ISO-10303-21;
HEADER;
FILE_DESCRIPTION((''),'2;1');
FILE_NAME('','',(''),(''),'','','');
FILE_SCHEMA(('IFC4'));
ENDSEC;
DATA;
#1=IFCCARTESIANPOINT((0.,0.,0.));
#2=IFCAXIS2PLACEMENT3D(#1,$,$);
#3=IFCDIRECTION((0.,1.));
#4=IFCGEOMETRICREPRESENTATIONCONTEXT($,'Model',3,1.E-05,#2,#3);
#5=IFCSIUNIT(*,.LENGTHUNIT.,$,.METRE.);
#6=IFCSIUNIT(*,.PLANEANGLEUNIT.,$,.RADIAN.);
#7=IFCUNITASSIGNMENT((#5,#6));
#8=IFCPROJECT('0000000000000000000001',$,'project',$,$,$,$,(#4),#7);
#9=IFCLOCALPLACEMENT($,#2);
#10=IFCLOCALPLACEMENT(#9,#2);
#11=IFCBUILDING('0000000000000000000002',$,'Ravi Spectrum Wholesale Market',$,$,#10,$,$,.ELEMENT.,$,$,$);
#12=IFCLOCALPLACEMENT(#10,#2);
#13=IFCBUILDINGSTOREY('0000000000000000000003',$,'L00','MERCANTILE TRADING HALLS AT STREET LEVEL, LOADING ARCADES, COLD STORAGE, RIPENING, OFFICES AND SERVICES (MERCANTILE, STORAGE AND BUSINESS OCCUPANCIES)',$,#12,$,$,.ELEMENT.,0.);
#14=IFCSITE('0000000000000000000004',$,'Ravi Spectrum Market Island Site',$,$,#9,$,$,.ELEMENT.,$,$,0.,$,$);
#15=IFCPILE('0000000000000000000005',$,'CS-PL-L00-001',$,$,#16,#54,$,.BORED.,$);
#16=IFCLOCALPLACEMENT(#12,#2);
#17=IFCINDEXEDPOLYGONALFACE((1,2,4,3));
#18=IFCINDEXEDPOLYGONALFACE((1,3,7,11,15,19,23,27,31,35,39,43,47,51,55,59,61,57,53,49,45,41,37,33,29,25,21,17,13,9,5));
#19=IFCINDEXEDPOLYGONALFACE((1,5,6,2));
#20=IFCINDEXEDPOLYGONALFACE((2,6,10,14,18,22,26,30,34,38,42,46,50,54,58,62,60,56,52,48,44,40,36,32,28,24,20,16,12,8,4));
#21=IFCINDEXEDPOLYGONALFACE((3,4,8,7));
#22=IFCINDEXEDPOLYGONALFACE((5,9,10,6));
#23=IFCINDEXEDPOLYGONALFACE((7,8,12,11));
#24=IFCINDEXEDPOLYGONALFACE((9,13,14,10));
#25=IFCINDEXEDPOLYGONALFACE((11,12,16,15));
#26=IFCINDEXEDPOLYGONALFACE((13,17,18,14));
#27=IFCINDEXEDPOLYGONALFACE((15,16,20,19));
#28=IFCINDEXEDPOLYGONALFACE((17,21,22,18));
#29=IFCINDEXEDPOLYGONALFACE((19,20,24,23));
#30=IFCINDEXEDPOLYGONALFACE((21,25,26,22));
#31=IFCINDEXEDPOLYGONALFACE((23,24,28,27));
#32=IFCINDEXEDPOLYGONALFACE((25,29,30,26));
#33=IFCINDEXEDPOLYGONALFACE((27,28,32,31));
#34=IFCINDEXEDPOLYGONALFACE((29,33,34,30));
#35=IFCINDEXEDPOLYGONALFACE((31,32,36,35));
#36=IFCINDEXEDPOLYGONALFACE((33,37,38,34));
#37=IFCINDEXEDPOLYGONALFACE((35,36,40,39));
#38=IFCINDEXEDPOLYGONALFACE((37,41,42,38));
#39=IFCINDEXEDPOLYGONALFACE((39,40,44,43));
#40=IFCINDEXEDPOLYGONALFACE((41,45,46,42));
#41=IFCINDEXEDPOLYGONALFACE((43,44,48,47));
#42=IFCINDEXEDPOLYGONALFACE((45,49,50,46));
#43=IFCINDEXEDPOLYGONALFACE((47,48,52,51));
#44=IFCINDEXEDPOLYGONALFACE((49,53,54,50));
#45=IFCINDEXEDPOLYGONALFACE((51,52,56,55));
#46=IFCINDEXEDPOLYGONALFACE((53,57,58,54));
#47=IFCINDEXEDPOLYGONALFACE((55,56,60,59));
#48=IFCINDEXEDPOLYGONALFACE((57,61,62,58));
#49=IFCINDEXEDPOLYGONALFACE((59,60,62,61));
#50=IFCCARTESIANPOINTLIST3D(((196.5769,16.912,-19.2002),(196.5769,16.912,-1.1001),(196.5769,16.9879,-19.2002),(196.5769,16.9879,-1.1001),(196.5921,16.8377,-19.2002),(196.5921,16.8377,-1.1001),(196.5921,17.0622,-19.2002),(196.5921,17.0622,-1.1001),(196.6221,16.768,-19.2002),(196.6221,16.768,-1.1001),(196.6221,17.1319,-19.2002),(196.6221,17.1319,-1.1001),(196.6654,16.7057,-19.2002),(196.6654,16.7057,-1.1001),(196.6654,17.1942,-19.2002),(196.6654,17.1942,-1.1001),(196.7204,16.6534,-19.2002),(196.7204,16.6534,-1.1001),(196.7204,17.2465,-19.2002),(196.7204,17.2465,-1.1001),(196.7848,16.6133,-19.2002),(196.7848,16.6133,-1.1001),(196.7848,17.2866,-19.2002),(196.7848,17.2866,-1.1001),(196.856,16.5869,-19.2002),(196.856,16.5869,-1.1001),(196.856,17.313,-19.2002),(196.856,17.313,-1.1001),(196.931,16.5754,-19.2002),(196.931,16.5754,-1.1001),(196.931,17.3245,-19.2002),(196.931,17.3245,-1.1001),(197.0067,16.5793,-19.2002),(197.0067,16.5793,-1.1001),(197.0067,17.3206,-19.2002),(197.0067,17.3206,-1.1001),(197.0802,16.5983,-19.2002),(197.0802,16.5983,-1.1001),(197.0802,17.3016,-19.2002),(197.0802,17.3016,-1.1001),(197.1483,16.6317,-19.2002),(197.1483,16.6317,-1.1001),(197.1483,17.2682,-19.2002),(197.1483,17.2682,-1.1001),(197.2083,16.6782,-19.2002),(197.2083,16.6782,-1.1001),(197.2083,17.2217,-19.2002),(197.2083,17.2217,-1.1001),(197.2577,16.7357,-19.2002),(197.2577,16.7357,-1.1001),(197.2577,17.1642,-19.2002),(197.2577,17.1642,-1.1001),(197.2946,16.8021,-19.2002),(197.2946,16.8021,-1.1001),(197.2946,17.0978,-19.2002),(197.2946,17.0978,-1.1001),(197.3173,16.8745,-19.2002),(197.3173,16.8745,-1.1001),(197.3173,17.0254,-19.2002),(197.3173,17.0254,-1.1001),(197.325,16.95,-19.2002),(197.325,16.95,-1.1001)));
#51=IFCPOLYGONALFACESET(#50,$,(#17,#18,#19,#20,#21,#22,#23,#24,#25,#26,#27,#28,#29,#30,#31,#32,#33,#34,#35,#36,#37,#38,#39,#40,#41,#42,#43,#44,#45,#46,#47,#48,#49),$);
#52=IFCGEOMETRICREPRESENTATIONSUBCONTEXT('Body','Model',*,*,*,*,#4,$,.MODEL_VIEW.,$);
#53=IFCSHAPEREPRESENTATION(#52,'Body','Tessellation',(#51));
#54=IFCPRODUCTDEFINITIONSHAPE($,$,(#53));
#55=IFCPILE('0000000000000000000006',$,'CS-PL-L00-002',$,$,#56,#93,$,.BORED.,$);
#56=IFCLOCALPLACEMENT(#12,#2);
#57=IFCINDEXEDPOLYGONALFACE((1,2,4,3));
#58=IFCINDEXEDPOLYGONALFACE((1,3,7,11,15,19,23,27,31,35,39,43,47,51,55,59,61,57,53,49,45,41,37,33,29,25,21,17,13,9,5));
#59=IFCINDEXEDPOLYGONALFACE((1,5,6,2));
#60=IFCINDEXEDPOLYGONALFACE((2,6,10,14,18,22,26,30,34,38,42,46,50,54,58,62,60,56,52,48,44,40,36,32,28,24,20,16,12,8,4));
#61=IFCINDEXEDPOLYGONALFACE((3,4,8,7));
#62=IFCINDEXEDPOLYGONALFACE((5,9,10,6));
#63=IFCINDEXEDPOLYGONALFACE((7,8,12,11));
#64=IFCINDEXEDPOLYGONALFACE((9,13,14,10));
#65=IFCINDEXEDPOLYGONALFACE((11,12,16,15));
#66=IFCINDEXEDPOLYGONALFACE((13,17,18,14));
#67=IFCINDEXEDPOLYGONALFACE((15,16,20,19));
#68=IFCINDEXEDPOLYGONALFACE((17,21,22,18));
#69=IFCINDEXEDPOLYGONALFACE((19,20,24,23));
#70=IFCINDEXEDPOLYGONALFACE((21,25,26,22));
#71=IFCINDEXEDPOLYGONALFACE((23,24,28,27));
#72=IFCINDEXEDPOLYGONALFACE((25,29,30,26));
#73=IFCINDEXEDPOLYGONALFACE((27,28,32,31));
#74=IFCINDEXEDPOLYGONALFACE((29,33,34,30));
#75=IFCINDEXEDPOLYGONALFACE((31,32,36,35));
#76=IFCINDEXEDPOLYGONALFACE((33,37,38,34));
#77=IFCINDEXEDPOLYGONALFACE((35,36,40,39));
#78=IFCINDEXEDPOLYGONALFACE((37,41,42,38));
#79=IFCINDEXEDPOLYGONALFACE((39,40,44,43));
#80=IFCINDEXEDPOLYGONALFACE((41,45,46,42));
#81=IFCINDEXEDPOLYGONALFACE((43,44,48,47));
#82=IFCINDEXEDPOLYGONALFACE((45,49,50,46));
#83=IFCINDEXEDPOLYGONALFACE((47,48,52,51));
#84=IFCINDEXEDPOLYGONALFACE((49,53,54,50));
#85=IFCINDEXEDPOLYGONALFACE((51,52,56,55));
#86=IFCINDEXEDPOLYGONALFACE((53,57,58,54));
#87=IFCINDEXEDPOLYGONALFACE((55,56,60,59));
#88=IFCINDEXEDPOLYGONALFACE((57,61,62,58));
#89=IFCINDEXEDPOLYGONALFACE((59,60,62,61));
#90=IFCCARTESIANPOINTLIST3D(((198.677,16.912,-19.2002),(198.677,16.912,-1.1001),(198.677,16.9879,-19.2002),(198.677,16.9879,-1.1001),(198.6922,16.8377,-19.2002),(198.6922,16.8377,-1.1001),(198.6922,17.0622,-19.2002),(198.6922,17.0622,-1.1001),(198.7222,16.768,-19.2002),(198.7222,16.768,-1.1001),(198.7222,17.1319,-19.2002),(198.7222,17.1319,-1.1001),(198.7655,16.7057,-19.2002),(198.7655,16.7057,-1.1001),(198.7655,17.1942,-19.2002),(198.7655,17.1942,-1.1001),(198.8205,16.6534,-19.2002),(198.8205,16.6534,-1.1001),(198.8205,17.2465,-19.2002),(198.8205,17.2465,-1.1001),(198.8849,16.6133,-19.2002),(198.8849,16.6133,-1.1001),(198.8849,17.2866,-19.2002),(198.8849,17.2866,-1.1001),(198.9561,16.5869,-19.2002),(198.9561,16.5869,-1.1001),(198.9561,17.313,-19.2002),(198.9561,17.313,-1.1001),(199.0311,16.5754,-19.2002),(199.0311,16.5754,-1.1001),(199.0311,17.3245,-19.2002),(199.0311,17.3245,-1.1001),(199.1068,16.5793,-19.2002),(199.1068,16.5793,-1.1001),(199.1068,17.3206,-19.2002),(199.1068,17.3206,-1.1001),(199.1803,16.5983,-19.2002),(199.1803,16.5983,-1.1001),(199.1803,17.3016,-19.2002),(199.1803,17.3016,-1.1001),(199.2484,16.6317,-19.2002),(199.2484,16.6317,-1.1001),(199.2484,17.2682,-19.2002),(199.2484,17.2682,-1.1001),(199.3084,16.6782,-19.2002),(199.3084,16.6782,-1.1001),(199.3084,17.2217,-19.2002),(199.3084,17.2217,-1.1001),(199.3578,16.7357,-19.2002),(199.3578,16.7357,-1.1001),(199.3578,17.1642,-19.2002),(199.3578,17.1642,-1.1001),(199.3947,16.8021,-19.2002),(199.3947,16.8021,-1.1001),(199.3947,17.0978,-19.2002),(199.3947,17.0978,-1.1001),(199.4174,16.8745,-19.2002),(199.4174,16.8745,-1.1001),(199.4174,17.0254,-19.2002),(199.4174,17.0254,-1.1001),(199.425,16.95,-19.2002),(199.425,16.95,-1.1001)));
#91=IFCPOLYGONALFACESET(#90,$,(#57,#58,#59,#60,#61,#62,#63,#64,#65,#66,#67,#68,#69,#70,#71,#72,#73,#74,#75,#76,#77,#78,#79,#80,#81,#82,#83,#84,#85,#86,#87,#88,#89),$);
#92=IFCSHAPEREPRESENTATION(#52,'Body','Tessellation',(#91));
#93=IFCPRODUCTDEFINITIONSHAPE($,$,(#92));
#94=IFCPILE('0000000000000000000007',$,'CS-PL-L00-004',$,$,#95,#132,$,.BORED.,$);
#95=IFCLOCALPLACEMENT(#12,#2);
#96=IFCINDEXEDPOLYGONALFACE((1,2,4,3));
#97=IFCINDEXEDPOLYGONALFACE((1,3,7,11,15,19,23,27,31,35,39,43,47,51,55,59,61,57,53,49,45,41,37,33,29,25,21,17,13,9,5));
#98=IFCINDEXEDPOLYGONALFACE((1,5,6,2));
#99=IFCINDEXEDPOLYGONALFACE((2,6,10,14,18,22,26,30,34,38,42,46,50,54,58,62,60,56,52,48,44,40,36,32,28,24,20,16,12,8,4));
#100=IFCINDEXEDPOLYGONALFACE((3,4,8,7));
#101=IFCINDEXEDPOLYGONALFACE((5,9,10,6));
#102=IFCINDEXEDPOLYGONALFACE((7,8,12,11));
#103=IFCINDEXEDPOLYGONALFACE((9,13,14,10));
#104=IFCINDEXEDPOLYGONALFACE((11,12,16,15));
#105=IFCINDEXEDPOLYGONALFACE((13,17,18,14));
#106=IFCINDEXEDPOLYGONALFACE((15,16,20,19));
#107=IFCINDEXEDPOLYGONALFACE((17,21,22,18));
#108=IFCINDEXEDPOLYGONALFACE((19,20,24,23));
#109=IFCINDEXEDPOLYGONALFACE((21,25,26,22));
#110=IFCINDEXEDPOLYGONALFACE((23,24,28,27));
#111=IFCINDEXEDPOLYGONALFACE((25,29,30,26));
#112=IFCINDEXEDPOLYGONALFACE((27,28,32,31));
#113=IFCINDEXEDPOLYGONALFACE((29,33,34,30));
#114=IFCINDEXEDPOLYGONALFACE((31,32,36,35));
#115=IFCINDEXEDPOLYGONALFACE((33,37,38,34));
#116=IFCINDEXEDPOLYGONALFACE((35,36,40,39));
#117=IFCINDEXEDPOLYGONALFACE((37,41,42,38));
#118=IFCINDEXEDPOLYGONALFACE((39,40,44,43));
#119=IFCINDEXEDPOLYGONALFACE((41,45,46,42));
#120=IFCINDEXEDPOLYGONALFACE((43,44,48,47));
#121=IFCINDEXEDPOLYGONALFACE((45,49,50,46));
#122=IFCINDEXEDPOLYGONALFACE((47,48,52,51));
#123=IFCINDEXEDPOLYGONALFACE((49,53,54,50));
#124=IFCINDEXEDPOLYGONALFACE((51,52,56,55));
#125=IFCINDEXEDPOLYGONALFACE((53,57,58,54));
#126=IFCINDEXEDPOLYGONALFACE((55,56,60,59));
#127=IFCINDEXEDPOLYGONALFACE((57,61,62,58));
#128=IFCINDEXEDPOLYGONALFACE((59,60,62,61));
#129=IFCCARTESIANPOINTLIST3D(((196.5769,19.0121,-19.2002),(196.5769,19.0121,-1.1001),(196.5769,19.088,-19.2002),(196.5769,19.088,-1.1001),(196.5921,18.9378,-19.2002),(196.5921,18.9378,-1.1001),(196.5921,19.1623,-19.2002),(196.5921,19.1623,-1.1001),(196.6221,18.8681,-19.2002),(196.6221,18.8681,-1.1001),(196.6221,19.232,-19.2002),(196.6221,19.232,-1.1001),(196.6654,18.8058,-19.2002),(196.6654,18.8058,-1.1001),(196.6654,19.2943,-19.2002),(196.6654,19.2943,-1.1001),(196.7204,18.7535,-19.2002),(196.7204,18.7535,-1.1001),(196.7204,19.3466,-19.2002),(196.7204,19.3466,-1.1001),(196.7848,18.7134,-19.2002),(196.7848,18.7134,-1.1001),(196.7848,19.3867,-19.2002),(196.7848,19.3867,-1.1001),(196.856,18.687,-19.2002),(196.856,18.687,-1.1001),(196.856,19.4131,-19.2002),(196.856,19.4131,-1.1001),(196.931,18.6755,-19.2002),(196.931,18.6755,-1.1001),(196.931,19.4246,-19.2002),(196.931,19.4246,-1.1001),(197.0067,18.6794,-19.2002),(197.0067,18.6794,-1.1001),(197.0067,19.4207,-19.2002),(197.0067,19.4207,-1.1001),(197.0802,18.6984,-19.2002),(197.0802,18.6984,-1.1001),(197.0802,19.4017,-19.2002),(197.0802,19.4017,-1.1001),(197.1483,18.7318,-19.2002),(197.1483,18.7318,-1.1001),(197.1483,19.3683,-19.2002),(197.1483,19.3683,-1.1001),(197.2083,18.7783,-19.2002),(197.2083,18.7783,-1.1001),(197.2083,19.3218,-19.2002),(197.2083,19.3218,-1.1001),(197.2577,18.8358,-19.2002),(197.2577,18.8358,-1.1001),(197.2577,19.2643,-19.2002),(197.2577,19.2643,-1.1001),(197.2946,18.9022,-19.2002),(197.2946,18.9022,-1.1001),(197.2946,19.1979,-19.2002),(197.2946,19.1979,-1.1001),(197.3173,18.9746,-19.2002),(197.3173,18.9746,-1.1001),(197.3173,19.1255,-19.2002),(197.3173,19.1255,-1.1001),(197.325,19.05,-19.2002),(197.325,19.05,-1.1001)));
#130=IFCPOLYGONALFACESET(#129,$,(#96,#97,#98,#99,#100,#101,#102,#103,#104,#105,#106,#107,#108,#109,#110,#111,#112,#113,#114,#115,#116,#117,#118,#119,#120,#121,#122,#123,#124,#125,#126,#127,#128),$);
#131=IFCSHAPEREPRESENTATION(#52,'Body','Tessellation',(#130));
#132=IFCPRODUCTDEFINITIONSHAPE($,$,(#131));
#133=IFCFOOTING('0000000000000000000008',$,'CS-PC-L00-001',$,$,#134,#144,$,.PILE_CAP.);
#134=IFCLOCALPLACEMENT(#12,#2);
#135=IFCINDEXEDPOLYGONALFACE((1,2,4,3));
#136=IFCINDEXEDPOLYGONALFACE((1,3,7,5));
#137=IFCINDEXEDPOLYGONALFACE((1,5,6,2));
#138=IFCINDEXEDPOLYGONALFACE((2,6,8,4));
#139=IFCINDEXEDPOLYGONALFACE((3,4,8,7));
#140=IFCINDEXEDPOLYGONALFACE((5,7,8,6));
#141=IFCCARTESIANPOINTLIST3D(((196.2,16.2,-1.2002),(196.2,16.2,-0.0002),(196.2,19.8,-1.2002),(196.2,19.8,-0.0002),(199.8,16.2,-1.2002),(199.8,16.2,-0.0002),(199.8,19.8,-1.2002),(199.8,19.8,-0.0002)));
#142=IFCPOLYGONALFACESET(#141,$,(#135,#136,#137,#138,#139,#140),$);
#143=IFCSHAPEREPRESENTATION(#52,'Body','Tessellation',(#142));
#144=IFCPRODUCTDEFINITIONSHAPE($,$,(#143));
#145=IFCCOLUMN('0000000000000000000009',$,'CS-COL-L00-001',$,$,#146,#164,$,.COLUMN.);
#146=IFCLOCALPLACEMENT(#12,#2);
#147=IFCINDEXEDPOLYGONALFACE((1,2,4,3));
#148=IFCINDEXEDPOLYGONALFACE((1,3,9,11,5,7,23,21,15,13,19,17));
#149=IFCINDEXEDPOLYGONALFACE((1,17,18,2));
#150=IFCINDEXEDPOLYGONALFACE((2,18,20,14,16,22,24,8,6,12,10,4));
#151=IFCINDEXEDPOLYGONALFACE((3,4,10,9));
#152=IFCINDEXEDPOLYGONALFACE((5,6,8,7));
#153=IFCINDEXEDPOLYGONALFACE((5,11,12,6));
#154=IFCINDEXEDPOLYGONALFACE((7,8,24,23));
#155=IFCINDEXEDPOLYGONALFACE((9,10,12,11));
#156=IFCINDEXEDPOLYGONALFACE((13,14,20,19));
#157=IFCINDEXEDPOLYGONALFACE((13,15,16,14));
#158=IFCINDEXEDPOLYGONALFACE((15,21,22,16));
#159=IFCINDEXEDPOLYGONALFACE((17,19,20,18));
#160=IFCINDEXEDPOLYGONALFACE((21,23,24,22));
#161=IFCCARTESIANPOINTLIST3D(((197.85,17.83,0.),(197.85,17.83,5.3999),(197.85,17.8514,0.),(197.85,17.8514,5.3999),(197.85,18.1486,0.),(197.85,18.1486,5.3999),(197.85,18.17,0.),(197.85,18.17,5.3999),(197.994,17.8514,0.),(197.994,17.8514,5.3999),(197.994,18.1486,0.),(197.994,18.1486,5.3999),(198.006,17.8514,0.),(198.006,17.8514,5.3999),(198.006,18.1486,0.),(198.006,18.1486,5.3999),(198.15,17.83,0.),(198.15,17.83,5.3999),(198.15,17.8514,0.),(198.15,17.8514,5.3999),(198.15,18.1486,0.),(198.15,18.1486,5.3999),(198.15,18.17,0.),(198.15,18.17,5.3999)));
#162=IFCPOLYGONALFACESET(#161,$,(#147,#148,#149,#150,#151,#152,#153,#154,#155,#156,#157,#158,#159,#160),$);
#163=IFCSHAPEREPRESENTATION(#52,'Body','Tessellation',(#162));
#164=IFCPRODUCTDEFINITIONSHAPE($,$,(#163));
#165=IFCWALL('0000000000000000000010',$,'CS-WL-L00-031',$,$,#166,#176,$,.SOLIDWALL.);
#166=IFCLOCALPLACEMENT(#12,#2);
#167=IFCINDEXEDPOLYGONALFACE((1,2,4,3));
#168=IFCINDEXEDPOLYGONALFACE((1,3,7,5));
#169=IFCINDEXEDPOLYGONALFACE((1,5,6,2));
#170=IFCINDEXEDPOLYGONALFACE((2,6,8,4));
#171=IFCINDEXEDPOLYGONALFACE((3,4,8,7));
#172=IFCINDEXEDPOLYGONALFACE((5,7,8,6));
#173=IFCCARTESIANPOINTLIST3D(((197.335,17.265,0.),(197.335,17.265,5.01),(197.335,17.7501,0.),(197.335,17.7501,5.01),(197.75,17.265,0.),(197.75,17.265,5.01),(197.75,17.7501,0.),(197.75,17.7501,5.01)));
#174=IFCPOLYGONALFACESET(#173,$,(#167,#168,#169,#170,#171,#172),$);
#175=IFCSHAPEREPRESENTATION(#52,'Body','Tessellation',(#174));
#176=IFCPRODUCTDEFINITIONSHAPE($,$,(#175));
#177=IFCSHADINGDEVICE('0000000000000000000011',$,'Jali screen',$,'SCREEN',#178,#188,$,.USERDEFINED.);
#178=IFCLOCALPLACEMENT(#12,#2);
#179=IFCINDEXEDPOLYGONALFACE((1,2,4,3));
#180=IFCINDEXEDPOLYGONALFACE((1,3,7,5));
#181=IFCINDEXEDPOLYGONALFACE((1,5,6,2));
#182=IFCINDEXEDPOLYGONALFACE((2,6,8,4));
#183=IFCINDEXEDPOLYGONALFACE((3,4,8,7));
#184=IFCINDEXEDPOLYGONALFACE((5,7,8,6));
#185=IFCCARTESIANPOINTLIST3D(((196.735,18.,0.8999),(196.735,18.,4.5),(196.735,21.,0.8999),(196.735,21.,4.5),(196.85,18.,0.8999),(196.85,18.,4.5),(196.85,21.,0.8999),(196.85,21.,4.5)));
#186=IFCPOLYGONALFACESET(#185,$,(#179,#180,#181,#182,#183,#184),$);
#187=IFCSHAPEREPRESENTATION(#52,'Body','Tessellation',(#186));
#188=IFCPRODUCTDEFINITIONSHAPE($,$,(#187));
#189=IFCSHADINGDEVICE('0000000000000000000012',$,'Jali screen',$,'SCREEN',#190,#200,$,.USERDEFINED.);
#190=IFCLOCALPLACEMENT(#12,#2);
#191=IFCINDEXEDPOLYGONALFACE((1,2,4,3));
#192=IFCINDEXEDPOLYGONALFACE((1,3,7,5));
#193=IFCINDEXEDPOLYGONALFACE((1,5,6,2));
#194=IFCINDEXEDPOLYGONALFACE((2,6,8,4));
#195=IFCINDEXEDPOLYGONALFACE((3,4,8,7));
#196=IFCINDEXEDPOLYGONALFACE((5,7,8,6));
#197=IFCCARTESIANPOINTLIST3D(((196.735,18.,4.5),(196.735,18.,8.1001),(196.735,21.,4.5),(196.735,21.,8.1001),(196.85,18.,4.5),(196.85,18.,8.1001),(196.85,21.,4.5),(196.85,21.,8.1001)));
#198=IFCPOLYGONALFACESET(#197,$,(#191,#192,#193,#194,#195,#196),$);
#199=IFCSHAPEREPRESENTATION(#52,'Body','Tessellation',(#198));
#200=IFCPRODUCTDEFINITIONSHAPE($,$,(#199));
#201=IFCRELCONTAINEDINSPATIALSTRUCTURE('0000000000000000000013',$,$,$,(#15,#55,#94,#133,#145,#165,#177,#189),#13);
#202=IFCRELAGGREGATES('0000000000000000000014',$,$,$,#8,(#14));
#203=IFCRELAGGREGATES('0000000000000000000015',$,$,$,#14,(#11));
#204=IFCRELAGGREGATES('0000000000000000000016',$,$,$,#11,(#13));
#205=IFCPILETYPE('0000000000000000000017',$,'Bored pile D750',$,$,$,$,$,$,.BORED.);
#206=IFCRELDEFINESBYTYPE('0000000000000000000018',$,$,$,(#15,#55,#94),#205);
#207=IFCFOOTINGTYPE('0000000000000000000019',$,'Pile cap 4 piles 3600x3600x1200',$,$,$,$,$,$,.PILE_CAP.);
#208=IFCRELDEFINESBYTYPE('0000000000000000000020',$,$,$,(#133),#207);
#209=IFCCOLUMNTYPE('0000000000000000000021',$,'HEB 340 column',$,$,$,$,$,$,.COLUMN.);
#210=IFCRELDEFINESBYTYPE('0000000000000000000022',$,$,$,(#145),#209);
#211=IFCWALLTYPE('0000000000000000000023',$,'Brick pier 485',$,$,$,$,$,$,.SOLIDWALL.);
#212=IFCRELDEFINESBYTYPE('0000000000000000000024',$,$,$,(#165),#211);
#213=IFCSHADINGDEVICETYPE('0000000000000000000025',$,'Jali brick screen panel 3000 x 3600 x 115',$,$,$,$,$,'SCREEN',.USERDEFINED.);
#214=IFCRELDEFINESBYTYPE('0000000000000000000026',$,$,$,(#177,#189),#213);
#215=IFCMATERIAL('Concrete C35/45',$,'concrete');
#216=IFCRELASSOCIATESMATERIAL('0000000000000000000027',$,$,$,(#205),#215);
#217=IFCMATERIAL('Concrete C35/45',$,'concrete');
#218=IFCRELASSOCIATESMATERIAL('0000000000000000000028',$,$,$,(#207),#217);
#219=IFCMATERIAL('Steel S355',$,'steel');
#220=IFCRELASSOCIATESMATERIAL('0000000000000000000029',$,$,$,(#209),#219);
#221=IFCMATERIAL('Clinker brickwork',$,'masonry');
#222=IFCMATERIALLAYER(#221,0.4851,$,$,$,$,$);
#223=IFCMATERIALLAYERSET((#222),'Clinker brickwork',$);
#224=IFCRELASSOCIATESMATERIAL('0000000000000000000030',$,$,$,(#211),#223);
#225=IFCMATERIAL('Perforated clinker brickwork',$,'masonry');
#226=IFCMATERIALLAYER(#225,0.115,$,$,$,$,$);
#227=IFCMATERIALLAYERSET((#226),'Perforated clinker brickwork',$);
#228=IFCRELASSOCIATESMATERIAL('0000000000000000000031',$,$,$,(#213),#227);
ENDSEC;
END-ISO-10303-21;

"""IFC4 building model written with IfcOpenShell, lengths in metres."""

from ifc_helpers import new_model, si_unit, direction, frame, frame_2d, origin, origin_2d, place, context, subcontext, project, spatial, rectangle, circle, i_section, extrude, material, layer, layer_set, material_profile, profile_set, type_object, element, save


model = new_model("IFC4")

# Units and contexts
model_context = context("Model", 3, precision=1e-05, world=origin(), true_north=direction((0.0, 1.0)))
body_context = subcontext(model_context, "Body", "Model", "MODEL_VIEW")
ifc_project = project(units=[si_unit("LENGTHUNIT", "METRE"), si_unit("PLANEANGLEUNIT", "RADIAN")], contexts=[model_context])

# Site, building, storey
site_placement = place(None, origin())
site = spatial("IfcSite", under=ifc_project, at=site_placement, Name="Ravi Spectrum Market Island Site", CompositionType="ELEMENT", RefElevation=0.0)
building_placement = place(site_placement, origin())
building = spatial("IfcBuilding", under=site, at=building_placement, Name="Ravi Spectrum Wholesale Market", CompositionType="ELEMENT")
storey_placement = place(building_placement, origin())
storey = spatial("IfcBuildingStorey", under=building, at=storey_placement, Name="L00", Description="MERCANTILE TRADING HALLS AT STREET LEVEL, LOADING ARCADES, COLD STORAGE, RIPENING, OFFICES AND SERVICES (MERCANTILE, STORAGE AND BUSINESS OCCUPANCIES)", CompositionType="ELEMENT", Elevation=0.0)

# Piles
ifc_material_1 = material(Name="Concrete C35/45", Category="concrete")
ifc_material_profile_1 = material_profile(ifc_material_1, circle(Radius=0.375, at=origin_2d()))
ifc_profile_set_1 = profile_set([ifc_material_profile_1], Name="Concrete C35/45")
pile_type = type_object("IfcPileType", Name="Bored pile D750", PredefinedType="BORED", material=ifc_profile_set_1)
for number, where, z_axis, x_axis, name in (
    (1, (196.95, 16.95, -1.1001), (0.0, 0.0, -1.0), (1.0, 0.0, 0.0), "CS-PL-L00-001"),
    (2, (199.05, 16.95, -1.1001), (0.0, 0.0, -1.0), (1.0, 0.0, 0.0), "CS-PL-L00-002"),
    (3, (196.95, 19.05, -1.1001), (0.0, 0.0, -1.0), (1.0, 0.0, 0.0), "CS-PL-L00-004"),
):
    element("IfcPile", number, at=place(storey_placement, frame(where, z_axis=z_axis, x_axis=x_axis)), inside=storey, type_object=pile_type, Name=name, PredefinedType="BORED", context=body_context, shape_type="SweptSolid", body=[
        extrude(circle(Radius=0.375, at=origin_2d()), origin(), (0.0, 0.0, 1.0), 18.1001),
    ])

# Footing
ifc_material_2 = material(Name="Concrete C35/45", Category="concrete")
footing_type = type_object("IfcFootingType", Name="Pile cap 4 piles 3600x3600x1200", PredefinedType="PILE_CAP", material=ifc_material_2)
footing_placement = place(storey_placement, frame((198.0, 18.0, -1.2002), z_axis=(0.0, 0.0, 1.0), x_axis=(1.0, 0.0, 0.0)))
element("IfcFooting", 4, at=footing_placement, inside=storey, type_object=footing_type, Name="CS-PC-L00-001", PredefinedType="PILE_CAP", context=body_context, shape_type="SweptSolid", body=[
    extrude(rectangle(XDim=3.6001, YDim=3.6001, at=origin_2d()), origin(), (0.0, 0.0, 1.0), 1.2),
])

# Column
ifc_material_3 = material(Name="Steel S355", Category="steel")
ifc_material_profile_2 = material_profile(ifc_material_3, i_section(OverallWidth=0.3, OverallDepth=0.3401, WebThickness=0.012, FlangeThickness=0.0215, at=origin_2d()))
ifc_profile_set_2 = profile_set([ifc_material_profile_2], Name="Steel S355")
column_type = type_object("IfcColumnType", Name="HEB 340 column", PredefinedType="COLUMN", material=ifc_profile_set_2)
column_placement = place(storey_placement, frame((198.0, 18.0, 0.0), z_axis=(0.0, 0.0, 1.0), x_axis=(1.0, 0.0, 0.0)))
element("IfcColumn", 5, at=column_placement, inside=storey, type_object=column_type, Name="CS-COL-L00-001", PredefinedType="COLUMN", context=body_context, shape_type="SweptSolid", body=[
    extrude(i_section(OverallWidth=0.3, OverallDepth=0.3401, WebThickness=0.012, FlangeThickness=0.0215, at=origin_2d()), origin(), (0.0, 0.0, 1.0), 5.3999),
])

# Wall
ifc_material_4 = material(Name="Clinker brickwork", Category="masonry")
ifc_layer_1 = layer(ifc_material_4, 0.4851)
ifc_layer_set_1 = layer_set([ifc_layer_1], Name="Clinker brickwork")
wall_type_1 = type_object("IfcWallType", Name="Brick pier 485", PredefinedType="SOLIDWALL", material=ifc_layer_set_1)
wall_1_placement = place(storey_placement, frame((197.75, 17.5076, 0.0), z_axis=(0.0, 0.0, 1.0), x_axis=(-1.0, 0.0, 0.0)))
element("IfcWall", 6, at=wall_1_placement, inside=storey, type_object=wall_type_1, Name="CS-WL-L00-031", PredefinedType="SOLIDWALL", context=body_context, shape_type="SweptSolid", body=[
    extrude(rectangle(XDim=0.415, YDim=0.4851, at=frame_2d((0.2075, 0.0))), origin(), (0.0, 0.0, 1.0), 5.01),
])

# Shading devices
ifc_material_5 = material(Name="Perforated clinker brickwork", Category="masonry")
ifc_layer_2 = layer(ifc_material_5, 0.115)
ifc_layer_set_2 = layer_set([ifc_layer_2], Name="Perforated clinker brickwork")
shading_device_type = type_object("IfcShadingDeviceType", Name="Jali brick screen panel 3000 x 3600 x 115", ElementType="SCREEN", PredefinedType="USERDEFINED", material=ifc_layer_set_2)
for number, where, z_axis, x_axis, name in (
    (7, (196.7925, 19.5, 0.8999), (0.0, 0.0, 1.0), (1.0, 0.0, 0.0), "Jali screen"),
    (8, (196.7925, 19.5, 4.5), (0.0, 0.0, 1.0), (1.0, 0.0, 0.0), "Jali screen"),
):
    element("IfcShadingDevice", number, at=place(storey_placement, frame(where, z_axis=z_axis, x_axis=x_axis)), inside=storey, type_object=shading_device_type, Name=name, ObjectType="SCREEN", PredefinedType="USERDEFINED", context=body_context, shape_type="SweptSolid", body=[
        extrude(rectangle(XDim=0.115, YDim=3.0, at=origin_2d()), origin(), (0.0, 0.0, 1.0), 3.6001),
    ])

save(model, "model.ifc")
